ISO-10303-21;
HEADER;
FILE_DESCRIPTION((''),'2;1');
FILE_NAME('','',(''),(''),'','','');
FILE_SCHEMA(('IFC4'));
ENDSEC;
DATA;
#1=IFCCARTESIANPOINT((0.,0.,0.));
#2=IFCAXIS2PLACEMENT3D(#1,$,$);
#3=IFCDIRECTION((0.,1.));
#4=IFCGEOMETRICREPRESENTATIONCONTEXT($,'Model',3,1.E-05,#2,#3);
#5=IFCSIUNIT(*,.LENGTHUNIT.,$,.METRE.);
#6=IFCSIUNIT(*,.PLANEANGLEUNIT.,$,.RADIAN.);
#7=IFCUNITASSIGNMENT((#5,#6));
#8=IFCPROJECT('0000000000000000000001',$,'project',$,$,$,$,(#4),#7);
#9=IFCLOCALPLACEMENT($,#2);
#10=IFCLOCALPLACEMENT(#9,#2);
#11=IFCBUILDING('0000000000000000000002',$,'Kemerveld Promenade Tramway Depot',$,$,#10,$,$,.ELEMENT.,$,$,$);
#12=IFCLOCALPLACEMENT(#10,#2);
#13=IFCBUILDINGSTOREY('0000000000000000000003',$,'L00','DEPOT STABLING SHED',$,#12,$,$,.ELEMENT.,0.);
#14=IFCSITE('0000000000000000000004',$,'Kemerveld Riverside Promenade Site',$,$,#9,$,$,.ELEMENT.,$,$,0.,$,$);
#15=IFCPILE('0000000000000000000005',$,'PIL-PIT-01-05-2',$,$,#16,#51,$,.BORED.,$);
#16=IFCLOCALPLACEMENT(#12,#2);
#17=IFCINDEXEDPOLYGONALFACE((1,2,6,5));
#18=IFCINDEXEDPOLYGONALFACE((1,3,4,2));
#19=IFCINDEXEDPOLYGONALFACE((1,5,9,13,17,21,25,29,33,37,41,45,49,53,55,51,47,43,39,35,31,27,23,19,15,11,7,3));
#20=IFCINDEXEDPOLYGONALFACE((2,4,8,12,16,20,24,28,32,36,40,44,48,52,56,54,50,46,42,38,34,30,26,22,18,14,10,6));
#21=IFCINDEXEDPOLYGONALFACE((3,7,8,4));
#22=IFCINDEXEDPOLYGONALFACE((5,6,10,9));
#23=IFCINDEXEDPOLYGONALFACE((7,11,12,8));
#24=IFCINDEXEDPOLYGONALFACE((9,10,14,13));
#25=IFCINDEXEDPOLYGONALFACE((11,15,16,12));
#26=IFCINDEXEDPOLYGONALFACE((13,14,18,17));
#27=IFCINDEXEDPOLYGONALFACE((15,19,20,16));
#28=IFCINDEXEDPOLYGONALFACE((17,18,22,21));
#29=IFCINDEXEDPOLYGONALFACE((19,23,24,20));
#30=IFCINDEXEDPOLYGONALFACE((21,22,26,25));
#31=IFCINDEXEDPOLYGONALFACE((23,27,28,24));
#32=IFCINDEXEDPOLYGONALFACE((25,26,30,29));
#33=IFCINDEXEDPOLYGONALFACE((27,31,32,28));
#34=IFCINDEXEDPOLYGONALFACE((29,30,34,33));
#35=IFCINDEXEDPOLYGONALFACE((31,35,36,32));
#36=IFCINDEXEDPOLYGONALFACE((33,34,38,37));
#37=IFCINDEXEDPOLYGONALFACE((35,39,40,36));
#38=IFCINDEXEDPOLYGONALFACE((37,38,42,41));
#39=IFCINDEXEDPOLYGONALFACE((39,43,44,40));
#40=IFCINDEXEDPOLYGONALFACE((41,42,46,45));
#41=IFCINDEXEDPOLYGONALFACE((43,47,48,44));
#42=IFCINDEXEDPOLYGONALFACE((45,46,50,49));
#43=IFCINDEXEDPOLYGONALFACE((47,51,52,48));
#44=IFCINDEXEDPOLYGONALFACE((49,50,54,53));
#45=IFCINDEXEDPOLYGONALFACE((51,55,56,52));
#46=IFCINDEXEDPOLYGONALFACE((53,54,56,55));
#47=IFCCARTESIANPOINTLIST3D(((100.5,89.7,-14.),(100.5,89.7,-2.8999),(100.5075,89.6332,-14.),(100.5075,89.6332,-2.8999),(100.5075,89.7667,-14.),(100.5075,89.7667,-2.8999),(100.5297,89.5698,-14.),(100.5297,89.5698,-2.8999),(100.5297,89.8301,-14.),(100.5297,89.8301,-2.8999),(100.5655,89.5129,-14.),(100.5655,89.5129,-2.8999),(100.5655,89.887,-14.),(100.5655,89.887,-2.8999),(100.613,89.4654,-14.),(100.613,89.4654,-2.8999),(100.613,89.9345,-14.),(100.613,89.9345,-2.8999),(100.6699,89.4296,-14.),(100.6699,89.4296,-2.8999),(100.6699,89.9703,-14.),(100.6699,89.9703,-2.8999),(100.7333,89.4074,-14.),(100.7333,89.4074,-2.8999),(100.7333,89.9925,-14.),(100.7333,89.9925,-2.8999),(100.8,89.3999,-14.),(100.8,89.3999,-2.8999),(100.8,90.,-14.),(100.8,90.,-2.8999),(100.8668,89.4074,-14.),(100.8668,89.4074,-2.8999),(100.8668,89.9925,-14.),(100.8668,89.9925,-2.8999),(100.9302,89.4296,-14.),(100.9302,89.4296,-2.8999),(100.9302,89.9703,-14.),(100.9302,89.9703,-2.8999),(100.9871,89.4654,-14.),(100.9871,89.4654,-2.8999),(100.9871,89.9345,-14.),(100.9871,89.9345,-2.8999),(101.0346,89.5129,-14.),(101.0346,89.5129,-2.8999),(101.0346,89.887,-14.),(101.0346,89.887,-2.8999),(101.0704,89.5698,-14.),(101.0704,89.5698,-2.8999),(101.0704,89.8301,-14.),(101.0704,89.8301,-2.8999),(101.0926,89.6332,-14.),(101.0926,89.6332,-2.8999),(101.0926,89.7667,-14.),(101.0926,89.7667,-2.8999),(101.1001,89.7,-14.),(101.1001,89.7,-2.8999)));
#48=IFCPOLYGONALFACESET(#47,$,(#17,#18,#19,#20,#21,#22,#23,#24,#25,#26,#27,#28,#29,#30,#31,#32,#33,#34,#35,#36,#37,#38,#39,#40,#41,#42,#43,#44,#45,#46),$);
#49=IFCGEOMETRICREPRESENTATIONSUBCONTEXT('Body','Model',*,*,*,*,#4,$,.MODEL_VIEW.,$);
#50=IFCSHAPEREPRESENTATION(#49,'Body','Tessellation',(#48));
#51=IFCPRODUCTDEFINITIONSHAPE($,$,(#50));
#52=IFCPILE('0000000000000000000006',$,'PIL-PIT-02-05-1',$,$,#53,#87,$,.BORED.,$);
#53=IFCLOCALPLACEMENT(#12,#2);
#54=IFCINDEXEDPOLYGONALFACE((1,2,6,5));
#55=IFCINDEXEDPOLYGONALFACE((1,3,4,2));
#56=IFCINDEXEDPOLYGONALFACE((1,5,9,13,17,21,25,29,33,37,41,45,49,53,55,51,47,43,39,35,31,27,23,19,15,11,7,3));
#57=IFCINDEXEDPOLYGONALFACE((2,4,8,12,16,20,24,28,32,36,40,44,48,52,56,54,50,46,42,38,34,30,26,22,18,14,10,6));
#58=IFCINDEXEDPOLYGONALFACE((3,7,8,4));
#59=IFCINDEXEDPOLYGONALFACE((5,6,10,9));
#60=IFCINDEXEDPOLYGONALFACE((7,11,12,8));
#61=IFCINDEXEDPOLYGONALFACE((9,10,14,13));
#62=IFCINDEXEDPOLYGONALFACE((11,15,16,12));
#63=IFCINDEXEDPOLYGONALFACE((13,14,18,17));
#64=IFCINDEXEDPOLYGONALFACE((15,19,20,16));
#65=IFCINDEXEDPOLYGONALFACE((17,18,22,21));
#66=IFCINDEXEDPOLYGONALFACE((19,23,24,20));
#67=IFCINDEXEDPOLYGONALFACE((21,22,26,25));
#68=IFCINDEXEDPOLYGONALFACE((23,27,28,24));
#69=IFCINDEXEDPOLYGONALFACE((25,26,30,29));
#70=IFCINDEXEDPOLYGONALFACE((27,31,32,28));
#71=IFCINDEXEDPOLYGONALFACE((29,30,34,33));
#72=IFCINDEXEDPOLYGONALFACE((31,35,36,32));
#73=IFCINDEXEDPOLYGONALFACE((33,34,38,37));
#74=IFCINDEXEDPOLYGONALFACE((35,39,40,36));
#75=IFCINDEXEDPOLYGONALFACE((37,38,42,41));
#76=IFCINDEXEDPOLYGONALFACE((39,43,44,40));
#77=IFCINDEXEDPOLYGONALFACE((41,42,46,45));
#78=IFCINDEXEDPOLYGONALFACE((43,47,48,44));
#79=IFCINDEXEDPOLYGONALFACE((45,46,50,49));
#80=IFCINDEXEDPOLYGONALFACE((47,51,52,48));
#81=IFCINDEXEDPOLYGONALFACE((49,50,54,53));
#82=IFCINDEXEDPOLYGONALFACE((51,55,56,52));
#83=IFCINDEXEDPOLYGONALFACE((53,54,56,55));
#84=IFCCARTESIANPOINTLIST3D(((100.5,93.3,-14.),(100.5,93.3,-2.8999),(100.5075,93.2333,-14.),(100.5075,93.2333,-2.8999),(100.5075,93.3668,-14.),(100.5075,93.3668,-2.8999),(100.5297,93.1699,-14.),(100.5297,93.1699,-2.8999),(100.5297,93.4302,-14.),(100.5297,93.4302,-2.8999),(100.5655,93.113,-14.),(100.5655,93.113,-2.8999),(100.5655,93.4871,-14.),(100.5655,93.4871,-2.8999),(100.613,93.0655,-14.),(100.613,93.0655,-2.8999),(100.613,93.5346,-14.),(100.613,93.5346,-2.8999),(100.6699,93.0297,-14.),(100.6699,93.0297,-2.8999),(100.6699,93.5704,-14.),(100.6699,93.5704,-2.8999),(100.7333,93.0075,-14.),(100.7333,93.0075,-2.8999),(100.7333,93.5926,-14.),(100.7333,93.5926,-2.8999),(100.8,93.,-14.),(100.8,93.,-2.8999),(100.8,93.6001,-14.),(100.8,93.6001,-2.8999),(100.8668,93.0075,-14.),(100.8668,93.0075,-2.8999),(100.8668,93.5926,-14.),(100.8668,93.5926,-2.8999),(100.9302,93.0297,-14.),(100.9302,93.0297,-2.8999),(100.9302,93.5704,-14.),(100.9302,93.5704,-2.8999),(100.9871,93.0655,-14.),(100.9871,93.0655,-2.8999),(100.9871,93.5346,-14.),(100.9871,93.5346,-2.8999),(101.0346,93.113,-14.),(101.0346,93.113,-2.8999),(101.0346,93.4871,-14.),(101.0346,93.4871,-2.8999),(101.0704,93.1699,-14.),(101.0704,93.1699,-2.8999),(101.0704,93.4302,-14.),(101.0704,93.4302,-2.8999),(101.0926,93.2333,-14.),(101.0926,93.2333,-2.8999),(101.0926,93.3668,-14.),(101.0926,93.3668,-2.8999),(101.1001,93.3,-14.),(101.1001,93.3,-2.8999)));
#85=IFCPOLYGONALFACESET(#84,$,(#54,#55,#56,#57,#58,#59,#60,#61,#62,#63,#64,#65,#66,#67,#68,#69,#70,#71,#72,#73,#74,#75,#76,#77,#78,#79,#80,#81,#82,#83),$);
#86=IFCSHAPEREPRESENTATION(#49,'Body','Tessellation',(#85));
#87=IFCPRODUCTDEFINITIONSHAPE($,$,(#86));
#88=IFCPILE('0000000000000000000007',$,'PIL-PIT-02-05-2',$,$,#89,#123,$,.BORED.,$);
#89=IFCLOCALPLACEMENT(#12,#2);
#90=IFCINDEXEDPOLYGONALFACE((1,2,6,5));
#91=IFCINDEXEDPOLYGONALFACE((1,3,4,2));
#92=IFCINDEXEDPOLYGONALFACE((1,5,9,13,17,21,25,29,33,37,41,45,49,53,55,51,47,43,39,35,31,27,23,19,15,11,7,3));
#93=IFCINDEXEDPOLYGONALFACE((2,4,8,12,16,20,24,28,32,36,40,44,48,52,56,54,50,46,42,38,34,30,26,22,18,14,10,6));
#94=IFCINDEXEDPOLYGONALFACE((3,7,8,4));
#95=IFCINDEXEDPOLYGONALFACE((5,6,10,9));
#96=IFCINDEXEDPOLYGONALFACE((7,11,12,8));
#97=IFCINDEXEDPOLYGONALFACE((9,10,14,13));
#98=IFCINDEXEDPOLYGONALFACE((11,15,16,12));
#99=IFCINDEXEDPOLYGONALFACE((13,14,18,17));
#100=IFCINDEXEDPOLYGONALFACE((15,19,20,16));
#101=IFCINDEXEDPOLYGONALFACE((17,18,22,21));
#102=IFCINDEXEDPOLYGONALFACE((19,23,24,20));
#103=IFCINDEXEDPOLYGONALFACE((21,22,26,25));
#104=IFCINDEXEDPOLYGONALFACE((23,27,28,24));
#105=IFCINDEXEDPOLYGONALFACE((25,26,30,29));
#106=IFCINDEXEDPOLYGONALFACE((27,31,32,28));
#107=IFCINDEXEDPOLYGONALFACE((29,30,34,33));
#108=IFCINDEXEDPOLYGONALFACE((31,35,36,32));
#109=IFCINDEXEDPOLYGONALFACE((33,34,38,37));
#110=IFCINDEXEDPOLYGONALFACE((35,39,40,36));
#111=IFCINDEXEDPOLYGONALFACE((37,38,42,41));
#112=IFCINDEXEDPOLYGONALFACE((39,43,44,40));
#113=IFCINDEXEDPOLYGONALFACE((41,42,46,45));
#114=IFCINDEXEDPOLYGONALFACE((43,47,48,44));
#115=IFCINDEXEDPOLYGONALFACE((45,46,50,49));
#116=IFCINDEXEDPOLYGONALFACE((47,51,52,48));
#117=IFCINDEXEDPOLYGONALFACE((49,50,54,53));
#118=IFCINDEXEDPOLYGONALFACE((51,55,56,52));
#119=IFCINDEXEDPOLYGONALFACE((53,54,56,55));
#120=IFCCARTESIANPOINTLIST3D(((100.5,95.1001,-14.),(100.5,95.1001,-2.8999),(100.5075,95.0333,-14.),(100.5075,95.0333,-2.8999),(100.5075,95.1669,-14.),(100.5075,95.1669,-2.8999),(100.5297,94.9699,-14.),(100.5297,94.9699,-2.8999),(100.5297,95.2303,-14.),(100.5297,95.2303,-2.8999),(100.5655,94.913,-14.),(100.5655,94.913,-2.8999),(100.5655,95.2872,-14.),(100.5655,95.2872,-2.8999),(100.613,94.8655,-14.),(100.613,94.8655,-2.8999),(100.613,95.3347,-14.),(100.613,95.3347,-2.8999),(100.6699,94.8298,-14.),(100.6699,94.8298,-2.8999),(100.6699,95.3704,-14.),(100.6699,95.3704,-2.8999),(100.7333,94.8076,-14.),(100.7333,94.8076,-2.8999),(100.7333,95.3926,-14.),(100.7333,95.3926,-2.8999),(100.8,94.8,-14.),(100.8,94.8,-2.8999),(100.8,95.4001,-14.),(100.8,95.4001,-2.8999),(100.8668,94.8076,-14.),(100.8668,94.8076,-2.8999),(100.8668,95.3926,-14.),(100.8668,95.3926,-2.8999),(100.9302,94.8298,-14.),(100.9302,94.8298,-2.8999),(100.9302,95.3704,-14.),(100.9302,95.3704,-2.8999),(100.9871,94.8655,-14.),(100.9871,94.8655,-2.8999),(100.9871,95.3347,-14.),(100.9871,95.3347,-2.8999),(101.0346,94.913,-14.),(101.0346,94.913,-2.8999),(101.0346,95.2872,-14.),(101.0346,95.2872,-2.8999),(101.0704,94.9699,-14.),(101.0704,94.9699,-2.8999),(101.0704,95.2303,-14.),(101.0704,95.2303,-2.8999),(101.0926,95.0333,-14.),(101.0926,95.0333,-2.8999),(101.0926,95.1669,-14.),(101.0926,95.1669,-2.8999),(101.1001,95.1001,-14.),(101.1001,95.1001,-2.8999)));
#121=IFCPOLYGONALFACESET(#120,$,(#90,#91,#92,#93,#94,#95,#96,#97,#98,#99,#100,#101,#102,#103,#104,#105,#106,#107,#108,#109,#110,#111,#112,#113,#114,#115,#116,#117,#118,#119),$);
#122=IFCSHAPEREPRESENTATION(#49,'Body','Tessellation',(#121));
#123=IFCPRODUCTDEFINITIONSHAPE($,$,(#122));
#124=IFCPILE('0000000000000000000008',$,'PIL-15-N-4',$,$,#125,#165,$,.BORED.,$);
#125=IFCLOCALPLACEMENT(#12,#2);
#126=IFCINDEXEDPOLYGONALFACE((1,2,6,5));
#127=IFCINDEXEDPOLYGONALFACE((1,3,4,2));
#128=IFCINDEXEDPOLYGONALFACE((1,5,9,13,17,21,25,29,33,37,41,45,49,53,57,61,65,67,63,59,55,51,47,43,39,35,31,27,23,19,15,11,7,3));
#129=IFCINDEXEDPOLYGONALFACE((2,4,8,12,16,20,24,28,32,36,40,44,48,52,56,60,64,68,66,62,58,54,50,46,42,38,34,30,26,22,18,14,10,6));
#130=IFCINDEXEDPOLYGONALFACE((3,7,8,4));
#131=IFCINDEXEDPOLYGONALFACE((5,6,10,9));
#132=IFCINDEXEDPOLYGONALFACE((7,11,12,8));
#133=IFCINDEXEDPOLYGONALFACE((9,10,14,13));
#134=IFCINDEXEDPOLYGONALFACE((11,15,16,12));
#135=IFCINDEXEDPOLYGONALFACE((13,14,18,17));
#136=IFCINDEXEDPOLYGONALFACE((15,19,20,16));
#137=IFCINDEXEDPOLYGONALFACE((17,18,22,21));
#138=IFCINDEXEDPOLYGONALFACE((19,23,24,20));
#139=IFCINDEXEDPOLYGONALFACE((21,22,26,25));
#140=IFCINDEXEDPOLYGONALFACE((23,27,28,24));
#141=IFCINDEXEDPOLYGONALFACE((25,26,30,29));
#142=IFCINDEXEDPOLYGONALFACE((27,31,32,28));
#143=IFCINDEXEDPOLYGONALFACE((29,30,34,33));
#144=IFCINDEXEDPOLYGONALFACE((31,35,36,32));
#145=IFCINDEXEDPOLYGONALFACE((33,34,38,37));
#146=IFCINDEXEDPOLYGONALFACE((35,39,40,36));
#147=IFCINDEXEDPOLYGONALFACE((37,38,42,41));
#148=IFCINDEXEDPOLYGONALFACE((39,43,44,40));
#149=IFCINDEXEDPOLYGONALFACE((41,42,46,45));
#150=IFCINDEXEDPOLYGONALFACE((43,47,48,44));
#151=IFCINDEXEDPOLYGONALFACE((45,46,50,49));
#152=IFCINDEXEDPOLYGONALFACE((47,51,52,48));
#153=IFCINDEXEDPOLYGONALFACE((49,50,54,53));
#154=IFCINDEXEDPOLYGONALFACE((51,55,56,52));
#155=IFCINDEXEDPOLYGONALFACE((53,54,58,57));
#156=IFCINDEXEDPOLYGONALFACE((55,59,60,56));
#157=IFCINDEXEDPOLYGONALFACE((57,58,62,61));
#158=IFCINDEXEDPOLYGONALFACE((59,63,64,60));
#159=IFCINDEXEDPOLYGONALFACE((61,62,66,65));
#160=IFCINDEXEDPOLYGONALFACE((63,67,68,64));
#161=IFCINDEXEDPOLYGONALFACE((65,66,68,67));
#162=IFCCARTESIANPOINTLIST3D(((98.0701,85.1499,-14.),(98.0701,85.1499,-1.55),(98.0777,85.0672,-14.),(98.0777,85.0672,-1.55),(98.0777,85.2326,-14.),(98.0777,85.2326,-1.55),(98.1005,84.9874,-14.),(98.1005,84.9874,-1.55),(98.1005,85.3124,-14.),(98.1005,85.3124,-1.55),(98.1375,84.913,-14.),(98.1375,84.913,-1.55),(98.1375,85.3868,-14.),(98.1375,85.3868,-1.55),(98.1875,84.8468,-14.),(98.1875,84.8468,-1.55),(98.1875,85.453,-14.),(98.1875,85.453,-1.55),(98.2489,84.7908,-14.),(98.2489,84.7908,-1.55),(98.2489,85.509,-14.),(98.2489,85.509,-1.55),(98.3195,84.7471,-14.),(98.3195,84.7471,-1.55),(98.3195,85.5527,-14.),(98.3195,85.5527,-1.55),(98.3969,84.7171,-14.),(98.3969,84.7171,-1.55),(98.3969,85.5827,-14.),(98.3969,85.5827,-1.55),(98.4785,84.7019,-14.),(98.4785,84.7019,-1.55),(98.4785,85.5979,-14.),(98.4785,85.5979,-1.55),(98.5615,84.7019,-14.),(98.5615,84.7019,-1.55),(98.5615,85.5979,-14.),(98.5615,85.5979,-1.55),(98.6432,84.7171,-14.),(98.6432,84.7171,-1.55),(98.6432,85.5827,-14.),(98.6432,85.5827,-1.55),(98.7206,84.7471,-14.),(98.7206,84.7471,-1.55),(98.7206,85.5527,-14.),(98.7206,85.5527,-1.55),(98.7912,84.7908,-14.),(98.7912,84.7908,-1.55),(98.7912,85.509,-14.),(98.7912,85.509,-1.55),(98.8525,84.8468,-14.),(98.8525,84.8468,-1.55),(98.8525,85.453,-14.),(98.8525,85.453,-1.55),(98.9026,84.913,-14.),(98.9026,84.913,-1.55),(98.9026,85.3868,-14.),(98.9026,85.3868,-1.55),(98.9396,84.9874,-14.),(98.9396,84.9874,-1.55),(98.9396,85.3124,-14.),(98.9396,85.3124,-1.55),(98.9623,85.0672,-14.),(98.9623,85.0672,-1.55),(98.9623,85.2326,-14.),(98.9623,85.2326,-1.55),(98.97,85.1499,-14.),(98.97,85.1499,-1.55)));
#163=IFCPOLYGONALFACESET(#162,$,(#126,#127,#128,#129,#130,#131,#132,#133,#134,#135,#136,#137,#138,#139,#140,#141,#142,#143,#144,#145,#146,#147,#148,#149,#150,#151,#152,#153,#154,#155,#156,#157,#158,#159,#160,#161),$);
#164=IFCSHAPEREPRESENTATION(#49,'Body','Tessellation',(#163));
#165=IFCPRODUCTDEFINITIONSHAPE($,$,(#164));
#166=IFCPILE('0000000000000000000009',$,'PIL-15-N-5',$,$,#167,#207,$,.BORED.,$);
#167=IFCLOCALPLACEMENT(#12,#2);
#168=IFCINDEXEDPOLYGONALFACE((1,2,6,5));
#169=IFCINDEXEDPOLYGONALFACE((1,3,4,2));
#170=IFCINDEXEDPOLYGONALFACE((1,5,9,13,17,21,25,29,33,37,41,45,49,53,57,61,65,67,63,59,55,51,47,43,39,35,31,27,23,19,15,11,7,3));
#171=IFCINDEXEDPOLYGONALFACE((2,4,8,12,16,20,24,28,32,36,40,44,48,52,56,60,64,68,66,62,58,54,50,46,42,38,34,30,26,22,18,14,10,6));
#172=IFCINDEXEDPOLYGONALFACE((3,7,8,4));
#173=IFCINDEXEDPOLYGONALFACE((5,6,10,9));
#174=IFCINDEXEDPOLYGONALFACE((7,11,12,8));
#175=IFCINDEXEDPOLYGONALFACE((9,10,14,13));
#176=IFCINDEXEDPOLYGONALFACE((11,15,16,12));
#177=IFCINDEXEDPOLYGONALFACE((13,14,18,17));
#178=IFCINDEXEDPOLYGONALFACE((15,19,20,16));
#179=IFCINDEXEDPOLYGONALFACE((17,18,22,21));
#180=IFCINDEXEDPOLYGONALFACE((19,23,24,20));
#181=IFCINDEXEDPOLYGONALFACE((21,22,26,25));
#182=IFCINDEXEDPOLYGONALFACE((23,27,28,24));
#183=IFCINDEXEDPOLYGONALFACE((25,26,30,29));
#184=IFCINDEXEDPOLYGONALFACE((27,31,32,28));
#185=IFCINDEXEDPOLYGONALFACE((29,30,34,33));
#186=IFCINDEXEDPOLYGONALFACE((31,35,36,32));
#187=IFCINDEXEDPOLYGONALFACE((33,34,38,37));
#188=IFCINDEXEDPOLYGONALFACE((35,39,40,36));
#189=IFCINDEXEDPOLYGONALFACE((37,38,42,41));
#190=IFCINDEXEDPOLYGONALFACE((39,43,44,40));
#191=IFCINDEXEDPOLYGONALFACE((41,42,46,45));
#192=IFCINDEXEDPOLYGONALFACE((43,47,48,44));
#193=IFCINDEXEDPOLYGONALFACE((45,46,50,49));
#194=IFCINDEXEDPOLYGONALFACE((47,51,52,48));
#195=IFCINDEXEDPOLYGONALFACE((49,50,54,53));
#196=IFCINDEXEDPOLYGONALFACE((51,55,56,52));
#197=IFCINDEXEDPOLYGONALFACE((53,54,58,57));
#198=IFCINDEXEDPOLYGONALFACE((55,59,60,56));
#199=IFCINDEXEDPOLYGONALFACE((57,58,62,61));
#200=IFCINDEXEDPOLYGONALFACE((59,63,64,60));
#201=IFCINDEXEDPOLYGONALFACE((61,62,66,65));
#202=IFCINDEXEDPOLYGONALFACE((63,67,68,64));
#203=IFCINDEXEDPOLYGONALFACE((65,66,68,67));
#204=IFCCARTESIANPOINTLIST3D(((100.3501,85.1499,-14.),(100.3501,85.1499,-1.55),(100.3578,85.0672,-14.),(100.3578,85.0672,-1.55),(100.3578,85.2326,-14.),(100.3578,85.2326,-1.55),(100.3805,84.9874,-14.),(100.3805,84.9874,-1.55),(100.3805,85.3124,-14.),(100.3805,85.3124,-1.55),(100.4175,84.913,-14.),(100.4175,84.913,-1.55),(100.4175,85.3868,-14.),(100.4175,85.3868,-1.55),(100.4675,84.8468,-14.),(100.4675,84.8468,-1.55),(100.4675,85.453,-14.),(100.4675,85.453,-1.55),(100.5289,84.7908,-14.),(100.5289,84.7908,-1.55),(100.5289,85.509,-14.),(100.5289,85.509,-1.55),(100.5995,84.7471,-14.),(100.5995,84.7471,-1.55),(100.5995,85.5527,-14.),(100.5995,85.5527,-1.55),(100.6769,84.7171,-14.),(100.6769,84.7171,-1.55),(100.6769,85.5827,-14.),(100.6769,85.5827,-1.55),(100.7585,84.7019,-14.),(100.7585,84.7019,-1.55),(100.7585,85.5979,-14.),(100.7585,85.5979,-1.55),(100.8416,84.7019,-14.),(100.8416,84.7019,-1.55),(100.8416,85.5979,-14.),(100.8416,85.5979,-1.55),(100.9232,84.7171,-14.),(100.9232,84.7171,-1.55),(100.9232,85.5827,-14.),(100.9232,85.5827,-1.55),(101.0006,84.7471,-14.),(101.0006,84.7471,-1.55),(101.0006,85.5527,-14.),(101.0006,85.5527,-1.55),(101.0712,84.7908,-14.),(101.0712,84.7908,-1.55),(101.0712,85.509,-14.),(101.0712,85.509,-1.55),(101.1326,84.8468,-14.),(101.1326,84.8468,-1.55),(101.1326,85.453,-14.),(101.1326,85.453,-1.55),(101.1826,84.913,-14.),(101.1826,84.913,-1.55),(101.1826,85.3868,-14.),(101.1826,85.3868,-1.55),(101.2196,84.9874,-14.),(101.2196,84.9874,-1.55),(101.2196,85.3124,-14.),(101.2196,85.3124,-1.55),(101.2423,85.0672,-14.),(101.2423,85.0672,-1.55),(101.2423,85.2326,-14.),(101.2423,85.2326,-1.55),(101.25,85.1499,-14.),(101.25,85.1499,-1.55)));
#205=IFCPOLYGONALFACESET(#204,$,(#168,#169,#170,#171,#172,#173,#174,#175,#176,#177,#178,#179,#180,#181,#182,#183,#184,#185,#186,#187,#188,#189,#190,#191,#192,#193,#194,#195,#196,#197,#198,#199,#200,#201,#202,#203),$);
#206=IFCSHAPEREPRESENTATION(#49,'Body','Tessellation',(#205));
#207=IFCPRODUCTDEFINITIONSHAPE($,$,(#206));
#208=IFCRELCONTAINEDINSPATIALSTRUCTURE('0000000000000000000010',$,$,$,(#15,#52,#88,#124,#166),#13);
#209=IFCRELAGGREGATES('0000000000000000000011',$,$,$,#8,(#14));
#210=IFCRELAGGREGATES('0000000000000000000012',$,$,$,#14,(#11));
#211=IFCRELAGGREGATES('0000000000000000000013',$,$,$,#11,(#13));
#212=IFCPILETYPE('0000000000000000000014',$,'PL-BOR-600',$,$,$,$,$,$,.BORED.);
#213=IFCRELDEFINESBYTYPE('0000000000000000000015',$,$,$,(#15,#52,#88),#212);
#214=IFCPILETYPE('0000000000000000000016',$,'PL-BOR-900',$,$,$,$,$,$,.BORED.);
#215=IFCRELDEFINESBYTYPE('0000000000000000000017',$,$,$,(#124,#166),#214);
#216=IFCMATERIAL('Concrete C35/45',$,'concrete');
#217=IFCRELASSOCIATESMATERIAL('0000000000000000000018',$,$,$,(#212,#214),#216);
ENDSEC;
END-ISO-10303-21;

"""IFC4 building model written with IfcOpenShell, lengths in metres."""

from ifc_helpers import new_model, si_unit, direction, frame, origin, origin_2d, place, context, subcontext, project, spatial, circle, extrude, material, material_profile, profile_set, type_object, element, save


model = new_model("IFC4")

# Units and contexts
model_context = context("Model", 3, precision=1e-05, world=origin(), true_north=direction((0.0, 1.0)))
body_context = subcontext(model_context, "Body", "Model", "MODEL_VIEW")
ifc_project = project(units=[si_unit("LENGTHUNIT", "METRE"), si_unit("PLANEANGLEUNIT", "RADIAN")], contexts=[model_context])

# Site, building, storey
site_placement = place(None, origin())
site = spatial("IfcSite", under=ifc_project, at=site_placement, Name="Kemerveld Riverside Promenade Site", CompositionType="ELEMENT", RefElevation=0.0)
building_placement = place(site_placement, origin())
building = spatial("IfcBuilding", under=site, at=building_placement, Name="Kemerveld Promenade Tramway Depot", CompositionType="ELEMENT")
storey_placement = place(building_placement, origin())
storey = spatial("IfcBuildingStorey", under=building, at=storey_placement, Name="L00", Description="DEPOT STABLING SHED", CompositionType="ELEMENT", Elevation=0.0)

# Shared definitions
ifc_material_1 = material(Name="Concrete C35/45", Category="concrete")

# Piles
ifc_material_profile_1 = material_profile(ifc_material_1, circle(Radius=0.3, at=origin_2d()), Name="PILE-D600")
ifc_profile_set_1 = profile_set([ifc_material_profile_1], Name="Concrete C35/45")
pile_type_1 = type_object("IfcPileType", Name="PL-BOR-600", PredefinedType="BORED", material=ifc_profile_set_1)
for number, where, z_axis, x_axis, name in (
    (1, (100.8, 89.7, -2.8999), (0.0, 0.0, -1.0), (1.0, 0.0, 0.0), "PIL-PIT-01-05-2"),
    (2, (100.8, 93.3, -2.8999), (0.0, 0.0, -1.0), (1.0, 0.0, 0.0), "PIL-PIT-02-05-1"),
    (3, (100.8, 95.1001, -2.8999), (0.0, 0.0, -1.0), (1.0, 0.0, 0.0), "PIL-PIT-02-05-2"),
):
    element("IfcPile", number, at=place(storey_placement, frame(where, z_axis=z_axis, x_axis=x_axis)), inside=storey, type_object=pile_type_1, Name=name, PredefinedType="BORED", context=body_context, shape_type="SweptSolid", body=[
        extrude(circle(Radius=0.3, at=origin_2d()), origin(), (0.0, 0.0, 1.0), 11.1001),
    ])
ifc_material_profile_2 = material_profile(ifc_material_1, circle(Radius=0.45, at=origin_2d()), Name="PILE-D900")
ifc_profile_set_2 = profile_set([ifc_material_profile_2], Name="Concrete C35/45")
pile_type_2 = type_object("IfcPileType", Name="PL-BOR-900", PredefinedType="BORED", material=ifc_profile_set_2)
for number, where, z_axis, x_axis, name in (
    (4, (98.52, 85.1499, -1.55), (0.0, 0.0, -1.0), (1.0, 0.0, 0.0), "PIL-15-N-4"),
    (5, (100.8, 85.1499, -1.55), (0.0, 0.0, -1.0), (1.0, 0.0, 0.0), "PIL-15-N-5"),
):
    element("IfcPile", number, at=place(storey_placement, frame(where, z_axis=z_axis, x_axis=x_axis)), inside=storey, type_object=pile_type_2, Name=name, PredefinedType="BORED", context=body_context, shape_type="SweptSolid", body=[
        extrude(circle(Radius=0.45, at=origin_2d()), origin(), (0.0, 0.0, 1.0), 12.45),
    ])

save(model, "model.ifc")
